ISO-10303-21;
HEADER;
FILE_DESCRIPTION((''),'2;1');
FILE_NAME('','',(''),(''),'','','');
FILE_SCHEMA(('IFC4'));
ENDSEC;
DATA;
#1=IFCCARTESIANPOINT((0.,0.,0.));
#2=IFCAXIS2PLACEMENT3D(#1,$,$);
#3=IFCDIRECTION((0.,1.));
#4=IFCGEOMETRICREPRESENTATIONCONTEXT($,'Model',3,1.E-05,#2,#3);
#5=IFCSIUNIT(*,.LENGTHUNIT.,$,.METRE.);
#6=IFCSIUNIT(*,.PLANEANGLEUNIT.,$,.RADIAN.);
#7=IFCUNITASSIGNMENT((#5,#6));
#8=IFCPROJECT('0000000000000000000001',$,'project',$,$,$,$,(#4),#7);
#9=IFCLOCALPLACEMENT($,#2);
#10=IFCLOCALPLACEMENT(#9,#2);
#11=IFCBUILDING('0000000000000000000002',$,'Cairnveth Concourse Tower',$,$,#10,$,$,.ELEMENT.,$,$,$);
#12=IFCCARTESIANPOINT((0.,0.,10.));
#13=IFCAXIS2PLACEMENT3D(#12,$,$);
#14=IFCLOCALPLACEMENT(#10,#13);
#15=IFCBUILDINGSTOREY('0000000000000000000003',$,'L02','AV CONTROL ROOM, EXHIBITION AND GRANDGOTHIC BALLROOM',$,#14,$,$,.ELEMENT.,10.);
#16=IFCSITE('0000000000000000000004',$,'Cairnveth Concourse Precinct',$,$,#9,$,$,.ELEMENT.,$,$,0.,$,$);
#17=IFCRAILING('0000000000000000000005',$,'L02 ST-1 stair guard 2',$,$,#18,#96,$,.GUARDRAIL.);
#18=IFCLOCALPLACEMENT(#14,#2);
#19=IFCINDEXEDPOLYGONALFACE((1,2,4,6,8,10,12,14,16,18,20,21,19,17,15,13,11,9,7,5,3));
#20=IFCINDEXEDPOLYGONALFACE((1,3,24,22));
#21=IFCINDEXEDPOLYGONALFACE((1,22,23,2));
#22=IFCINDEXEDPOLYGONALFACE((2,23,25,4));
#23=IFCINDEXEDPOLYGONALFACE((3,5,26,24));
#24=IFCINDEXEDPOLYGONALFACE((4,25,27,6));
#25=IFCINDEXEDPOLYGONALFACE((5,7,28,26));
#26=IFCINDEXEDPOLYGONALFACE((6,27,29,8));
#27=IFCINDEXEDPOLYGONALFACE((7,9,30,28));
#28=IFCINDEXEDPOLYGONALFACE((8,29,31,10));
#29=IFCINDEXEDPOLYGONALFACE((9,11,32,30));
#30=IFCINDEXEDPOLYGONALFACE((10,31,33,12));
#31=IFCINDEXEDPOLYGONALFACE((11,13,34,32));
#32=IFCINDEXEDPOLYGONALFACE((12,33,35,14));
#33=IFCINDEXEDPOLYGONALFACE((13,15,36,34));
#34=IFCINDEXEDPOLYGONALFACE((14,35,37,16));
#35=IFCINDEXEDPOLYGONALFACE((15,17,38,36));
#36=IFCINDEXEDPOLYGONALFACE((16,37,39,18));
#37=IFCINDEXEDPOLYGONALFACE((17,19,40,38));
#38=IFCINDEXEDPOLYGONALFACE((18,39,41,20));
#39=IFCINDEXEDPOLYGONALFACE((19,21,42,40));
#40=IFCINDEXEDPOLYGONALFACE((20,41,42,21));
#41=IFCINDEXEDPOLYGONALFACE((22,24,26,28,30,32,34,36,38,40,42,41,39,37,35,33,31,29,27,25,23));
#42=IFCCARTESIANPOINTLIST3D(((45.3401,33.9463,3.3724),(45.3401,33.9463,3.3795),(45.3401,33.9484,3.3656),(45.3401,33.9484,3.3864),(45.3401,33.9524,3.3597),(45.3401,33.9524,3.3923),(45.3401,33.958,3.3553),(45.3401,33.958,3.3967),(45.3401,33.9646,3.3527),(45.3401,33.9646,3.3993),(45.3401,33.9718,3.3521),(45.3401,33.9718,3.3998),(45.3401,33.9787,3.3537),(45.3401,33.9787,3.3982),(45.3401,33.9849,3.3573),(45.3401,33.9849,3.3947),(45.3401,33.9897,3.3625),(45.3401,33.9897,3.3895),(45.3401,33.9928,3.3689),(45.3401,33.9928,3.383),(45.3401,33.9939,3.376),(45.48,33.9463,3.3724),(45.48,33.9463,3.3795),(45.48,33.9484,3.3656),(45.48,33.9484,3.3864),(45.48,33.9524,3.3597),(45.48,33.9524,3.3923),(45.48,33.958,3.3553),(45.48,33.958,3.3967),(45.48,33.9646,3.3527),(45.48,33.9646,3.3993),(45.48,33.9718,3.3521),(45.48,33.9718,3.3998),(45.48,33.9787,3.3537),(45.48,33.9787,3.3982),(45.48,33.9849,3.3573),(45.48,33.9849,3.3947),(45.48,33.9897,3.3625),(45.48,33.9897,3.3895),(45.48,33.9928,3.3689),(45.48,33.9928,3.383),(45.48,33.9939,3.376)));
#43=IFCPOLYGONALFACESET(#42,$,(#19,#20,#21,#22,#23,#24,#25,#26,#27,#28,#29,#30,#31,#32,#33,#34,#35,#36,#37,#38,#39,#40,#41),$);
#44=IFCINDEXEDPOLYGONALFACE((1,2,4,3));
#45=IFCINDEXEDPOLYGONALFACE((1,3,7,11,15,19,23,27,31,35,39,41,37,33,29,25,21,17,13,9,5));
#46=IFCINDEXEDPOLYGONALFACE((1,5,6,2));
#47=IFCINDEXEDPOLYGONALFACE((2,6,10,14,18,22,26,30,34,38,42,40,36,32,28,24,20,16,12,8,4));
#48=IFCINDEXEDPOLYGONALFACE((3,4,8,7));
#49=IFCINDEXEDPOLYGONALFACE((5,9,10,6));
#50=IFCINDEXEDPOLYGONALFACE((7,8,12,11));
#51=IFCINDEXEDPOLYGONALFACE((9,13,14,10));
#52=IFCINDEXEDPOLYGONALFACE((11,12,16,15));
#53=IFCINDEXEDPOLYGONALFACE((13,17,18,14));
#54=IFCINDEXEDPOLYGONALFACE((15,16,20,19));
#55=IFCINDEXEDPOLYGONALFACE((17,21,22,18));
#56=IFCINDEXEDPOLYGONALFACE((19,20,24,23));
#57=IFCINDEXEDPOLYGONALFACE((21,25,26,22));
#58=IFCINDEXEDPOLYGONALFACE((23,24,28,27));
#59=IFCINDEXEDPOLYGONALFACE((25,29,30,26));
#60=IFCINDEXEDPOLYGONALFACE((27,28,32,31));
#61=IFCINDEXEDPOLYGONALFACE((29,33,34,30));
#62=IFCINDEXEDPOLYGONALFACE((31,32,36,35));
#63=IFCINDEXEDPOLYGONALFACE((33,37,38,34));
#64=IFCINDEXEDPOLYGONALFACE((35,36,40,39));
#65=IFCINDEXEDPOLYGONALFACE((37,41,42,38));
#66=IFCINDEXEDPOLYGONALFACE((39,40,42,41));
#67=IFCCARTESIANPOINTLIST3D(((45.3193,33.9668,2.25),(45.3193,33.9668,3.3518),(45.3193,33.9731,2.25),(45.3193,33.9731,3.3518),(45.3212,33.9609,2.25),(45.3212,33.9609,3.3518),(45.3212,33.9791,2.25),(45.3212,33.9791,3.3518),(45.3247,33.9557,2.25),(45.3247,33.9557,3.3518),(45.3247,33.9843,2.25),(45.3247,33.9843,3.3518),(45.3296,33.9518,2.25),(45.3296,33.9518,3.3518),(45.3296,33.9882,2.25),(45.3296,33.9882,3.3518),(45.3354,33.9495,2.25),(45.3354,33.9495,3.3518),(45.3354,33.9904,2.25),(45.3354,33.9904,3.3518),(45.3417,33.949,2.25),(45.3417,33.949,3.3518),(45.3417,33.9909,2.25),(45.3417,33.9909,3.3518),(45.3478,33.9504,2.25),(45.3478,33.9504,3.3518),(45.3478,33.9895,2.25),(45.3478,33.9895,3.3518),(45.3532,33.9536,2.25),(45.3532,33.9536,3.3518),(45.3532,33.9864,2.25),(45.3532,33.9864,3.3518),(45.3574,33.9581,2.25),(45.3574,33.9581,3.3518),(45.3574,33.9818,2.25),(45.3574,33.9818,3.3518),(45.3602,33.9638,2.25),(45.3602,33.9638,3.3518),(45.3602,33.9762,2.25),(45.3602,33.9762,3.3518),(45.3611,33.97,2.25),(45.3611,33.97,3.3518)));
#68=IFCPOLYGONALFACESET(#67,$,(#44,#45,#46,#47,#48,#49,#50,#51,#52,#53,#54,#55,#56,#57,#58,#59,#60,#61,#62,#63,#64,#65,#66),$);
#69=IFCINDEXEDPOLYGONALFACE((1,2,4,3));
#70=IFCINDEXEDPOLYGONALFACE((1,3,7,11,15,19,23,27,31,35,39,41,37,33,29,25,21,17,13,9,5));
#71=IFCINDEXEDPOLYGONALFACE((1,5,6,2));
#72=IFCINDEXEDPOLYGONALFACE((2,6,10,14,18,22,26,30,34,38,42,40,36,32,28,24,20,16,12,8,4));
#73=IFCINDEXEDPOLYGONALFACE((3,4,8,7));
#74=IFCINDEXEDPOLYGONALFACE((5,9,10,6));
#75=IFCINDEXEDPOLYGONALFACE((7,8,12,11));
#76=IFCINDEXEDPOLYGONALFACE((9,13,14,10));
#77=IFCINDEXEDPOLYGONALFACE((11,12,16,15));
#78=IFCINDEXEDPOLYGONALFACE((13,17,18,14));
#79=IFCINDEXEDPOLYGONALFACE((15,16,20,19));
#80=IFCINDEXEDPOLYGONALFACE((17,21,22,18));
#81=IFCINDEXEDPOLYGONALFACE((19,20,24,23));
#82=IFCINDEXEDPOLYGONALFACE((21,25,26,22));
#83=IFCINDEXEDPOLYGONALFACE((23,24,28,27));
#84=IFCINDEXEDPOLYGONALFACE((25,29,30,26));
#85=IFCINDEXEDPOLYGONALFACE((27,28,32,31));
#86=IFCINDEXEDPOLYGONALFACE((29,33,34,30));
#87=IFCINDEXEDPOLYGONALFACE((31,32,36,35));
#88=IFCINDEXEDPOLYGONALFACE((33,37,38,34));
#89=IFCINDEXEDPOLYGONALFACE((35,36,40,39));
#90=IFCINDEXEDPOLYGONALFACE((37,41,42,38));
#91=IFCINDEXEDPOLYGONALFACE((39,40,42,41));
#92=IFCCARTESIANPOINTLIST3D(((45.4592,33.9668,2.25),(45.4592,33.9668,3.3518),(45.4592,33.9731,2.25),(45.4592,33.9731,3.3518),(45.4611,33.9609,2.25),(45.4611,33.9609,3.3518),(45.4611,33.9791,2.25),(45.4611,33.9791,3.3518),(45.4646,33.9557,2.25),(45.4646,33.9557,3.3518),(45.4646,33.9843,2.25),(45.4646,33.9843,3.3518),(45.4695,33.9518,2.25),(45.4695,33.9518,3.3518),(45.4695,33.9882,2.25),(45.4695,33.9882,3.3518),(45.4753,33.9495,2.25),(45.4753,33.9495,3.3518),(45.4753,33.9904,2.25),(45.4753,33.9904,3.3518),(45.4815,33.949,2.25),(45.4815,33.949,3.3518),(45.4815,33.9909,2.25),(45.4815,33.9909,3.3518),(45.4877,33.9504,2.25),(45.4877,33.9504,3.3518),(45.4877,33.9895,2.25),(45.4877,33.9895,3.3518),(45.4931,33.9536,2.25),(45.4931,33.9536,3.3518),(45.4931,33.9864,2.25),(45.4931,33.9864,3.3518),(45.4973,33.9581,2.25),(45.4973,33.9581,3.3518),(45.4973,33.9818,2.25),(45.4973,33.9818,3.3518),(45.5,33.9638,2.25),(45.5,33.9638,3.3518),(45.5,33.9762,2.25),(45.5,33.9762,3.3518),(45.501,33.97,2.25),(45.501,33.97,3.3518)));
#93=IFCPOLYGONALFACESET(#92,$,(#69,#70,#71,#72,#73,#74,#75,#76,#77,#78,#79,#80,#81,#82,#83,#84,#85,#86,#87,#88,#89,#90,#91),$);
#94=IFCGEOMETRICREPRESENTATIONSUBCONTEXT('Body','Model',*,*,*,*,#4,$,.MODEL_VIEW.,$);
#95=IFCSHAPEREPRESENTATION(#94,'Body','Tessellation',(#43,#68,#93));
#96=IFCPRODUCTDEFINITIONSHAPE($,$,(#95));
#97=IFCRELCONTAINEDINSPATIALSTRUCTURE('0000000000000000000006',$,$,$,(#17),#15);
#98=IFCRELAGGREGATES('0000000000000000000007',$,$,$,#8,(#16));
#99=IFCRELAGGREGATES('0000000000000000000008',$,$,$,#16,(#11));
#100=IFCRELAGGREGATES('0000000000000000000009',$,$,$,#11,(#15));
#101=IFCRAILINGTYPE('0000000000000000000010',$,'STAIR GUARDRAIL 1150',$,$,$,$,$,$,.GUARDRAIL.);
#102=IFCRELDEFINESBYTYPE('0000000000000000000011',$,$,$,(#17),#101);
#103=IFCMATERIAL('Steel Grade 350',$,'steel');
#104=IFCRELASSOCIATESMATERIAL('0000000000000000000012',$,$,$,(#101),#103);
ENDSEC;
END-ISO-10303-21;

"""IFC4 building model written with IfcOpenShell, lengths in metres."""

from ifc_helpers import new_model, si_unit, direction, frame, origin, origin_2d, place, context, subcontext, project, spatial, circle, extrude, material, type_object, element, save


model = new_model("IFC4")

# Units and contexts
model_context = context("Model", 3, precision=1e-05, world=origin(), true_north=direction((0.0, 1.0)))
body_context = subcontext(model_context, "Body", "Model", "MODEL_VIEW")
ifc_project = project(units=[si_unit("LENGTHUNIT", "METRE"), si_unit("PLANEANGLEUNIT", "RADIAN")], contexts=[model_context])

# Site, building, storey
site_placement = place(None, origin())
site = spatial("IfcSite", under=ifc_project, at=site_placement, Name="Cairnveth Concourse Precinct", CompositionType="ELEMENT", RefElevation=0.0)
building_placement = place(site_placement, origin())
building = spatial("IfcBuilding", under=site, at=building_placement, Name="Cairnveth Concourse Tower", CompositionType="ELEMENT")
storey_placement = place(building_placement, frame((0.0, 0.0, 10.0)))
storey = spatial("IfcBuildingStorey", under=building, at=storey_placement, Name="L02", Description="AV CONTROL ROOM, EXHIBITION AND GRANDGOTHIC BALLROOM", CompositionType="ELEMENT", Elevation=10.0)

# Shared definitions
ifc_material_1 = material(Name="Steel Grade 350", Category="steel")

# Railing
railing_type_1 = type_object("IfcRailingType", Name="STAIR GUARDRAIL 1150", PredefinedType="GUARDRAIL", material=ifc_material_1)
railing_1_placement = place(storey_placement, frame((45.3401, 33.97, 2.25)))
element("IfcRailing", 1, at=railing_1_placement, inside=storey, type_object=railing_type_1, Name="L02 ST-1 stair guard 2", PredefinedType="GUARDRAIL", context=body_context, shape_type="SweptSolid", body=[
    extrude(circle(Radius=0.0239, at=origin_2d()), frame((0.0, 0.0, 1.126), z_axis=(1.0, 0.0, 0.0), x_axis=(0.0, 1.0, 0.0)), (0.0, 0.0, 1.0), 0.1399),
    extrude(circle(Radius=0.021, at=origin_2d()), origin(), (0.0, 0.0, 1.0), 1.1018),
    extrude(circle(Radius=0.021, at=origin_2d()), frame((0.1399, 0.0, 0.0)), (0.0, 0.0, 1.0), 1.1018),
])

save(model, "model.ifc")
